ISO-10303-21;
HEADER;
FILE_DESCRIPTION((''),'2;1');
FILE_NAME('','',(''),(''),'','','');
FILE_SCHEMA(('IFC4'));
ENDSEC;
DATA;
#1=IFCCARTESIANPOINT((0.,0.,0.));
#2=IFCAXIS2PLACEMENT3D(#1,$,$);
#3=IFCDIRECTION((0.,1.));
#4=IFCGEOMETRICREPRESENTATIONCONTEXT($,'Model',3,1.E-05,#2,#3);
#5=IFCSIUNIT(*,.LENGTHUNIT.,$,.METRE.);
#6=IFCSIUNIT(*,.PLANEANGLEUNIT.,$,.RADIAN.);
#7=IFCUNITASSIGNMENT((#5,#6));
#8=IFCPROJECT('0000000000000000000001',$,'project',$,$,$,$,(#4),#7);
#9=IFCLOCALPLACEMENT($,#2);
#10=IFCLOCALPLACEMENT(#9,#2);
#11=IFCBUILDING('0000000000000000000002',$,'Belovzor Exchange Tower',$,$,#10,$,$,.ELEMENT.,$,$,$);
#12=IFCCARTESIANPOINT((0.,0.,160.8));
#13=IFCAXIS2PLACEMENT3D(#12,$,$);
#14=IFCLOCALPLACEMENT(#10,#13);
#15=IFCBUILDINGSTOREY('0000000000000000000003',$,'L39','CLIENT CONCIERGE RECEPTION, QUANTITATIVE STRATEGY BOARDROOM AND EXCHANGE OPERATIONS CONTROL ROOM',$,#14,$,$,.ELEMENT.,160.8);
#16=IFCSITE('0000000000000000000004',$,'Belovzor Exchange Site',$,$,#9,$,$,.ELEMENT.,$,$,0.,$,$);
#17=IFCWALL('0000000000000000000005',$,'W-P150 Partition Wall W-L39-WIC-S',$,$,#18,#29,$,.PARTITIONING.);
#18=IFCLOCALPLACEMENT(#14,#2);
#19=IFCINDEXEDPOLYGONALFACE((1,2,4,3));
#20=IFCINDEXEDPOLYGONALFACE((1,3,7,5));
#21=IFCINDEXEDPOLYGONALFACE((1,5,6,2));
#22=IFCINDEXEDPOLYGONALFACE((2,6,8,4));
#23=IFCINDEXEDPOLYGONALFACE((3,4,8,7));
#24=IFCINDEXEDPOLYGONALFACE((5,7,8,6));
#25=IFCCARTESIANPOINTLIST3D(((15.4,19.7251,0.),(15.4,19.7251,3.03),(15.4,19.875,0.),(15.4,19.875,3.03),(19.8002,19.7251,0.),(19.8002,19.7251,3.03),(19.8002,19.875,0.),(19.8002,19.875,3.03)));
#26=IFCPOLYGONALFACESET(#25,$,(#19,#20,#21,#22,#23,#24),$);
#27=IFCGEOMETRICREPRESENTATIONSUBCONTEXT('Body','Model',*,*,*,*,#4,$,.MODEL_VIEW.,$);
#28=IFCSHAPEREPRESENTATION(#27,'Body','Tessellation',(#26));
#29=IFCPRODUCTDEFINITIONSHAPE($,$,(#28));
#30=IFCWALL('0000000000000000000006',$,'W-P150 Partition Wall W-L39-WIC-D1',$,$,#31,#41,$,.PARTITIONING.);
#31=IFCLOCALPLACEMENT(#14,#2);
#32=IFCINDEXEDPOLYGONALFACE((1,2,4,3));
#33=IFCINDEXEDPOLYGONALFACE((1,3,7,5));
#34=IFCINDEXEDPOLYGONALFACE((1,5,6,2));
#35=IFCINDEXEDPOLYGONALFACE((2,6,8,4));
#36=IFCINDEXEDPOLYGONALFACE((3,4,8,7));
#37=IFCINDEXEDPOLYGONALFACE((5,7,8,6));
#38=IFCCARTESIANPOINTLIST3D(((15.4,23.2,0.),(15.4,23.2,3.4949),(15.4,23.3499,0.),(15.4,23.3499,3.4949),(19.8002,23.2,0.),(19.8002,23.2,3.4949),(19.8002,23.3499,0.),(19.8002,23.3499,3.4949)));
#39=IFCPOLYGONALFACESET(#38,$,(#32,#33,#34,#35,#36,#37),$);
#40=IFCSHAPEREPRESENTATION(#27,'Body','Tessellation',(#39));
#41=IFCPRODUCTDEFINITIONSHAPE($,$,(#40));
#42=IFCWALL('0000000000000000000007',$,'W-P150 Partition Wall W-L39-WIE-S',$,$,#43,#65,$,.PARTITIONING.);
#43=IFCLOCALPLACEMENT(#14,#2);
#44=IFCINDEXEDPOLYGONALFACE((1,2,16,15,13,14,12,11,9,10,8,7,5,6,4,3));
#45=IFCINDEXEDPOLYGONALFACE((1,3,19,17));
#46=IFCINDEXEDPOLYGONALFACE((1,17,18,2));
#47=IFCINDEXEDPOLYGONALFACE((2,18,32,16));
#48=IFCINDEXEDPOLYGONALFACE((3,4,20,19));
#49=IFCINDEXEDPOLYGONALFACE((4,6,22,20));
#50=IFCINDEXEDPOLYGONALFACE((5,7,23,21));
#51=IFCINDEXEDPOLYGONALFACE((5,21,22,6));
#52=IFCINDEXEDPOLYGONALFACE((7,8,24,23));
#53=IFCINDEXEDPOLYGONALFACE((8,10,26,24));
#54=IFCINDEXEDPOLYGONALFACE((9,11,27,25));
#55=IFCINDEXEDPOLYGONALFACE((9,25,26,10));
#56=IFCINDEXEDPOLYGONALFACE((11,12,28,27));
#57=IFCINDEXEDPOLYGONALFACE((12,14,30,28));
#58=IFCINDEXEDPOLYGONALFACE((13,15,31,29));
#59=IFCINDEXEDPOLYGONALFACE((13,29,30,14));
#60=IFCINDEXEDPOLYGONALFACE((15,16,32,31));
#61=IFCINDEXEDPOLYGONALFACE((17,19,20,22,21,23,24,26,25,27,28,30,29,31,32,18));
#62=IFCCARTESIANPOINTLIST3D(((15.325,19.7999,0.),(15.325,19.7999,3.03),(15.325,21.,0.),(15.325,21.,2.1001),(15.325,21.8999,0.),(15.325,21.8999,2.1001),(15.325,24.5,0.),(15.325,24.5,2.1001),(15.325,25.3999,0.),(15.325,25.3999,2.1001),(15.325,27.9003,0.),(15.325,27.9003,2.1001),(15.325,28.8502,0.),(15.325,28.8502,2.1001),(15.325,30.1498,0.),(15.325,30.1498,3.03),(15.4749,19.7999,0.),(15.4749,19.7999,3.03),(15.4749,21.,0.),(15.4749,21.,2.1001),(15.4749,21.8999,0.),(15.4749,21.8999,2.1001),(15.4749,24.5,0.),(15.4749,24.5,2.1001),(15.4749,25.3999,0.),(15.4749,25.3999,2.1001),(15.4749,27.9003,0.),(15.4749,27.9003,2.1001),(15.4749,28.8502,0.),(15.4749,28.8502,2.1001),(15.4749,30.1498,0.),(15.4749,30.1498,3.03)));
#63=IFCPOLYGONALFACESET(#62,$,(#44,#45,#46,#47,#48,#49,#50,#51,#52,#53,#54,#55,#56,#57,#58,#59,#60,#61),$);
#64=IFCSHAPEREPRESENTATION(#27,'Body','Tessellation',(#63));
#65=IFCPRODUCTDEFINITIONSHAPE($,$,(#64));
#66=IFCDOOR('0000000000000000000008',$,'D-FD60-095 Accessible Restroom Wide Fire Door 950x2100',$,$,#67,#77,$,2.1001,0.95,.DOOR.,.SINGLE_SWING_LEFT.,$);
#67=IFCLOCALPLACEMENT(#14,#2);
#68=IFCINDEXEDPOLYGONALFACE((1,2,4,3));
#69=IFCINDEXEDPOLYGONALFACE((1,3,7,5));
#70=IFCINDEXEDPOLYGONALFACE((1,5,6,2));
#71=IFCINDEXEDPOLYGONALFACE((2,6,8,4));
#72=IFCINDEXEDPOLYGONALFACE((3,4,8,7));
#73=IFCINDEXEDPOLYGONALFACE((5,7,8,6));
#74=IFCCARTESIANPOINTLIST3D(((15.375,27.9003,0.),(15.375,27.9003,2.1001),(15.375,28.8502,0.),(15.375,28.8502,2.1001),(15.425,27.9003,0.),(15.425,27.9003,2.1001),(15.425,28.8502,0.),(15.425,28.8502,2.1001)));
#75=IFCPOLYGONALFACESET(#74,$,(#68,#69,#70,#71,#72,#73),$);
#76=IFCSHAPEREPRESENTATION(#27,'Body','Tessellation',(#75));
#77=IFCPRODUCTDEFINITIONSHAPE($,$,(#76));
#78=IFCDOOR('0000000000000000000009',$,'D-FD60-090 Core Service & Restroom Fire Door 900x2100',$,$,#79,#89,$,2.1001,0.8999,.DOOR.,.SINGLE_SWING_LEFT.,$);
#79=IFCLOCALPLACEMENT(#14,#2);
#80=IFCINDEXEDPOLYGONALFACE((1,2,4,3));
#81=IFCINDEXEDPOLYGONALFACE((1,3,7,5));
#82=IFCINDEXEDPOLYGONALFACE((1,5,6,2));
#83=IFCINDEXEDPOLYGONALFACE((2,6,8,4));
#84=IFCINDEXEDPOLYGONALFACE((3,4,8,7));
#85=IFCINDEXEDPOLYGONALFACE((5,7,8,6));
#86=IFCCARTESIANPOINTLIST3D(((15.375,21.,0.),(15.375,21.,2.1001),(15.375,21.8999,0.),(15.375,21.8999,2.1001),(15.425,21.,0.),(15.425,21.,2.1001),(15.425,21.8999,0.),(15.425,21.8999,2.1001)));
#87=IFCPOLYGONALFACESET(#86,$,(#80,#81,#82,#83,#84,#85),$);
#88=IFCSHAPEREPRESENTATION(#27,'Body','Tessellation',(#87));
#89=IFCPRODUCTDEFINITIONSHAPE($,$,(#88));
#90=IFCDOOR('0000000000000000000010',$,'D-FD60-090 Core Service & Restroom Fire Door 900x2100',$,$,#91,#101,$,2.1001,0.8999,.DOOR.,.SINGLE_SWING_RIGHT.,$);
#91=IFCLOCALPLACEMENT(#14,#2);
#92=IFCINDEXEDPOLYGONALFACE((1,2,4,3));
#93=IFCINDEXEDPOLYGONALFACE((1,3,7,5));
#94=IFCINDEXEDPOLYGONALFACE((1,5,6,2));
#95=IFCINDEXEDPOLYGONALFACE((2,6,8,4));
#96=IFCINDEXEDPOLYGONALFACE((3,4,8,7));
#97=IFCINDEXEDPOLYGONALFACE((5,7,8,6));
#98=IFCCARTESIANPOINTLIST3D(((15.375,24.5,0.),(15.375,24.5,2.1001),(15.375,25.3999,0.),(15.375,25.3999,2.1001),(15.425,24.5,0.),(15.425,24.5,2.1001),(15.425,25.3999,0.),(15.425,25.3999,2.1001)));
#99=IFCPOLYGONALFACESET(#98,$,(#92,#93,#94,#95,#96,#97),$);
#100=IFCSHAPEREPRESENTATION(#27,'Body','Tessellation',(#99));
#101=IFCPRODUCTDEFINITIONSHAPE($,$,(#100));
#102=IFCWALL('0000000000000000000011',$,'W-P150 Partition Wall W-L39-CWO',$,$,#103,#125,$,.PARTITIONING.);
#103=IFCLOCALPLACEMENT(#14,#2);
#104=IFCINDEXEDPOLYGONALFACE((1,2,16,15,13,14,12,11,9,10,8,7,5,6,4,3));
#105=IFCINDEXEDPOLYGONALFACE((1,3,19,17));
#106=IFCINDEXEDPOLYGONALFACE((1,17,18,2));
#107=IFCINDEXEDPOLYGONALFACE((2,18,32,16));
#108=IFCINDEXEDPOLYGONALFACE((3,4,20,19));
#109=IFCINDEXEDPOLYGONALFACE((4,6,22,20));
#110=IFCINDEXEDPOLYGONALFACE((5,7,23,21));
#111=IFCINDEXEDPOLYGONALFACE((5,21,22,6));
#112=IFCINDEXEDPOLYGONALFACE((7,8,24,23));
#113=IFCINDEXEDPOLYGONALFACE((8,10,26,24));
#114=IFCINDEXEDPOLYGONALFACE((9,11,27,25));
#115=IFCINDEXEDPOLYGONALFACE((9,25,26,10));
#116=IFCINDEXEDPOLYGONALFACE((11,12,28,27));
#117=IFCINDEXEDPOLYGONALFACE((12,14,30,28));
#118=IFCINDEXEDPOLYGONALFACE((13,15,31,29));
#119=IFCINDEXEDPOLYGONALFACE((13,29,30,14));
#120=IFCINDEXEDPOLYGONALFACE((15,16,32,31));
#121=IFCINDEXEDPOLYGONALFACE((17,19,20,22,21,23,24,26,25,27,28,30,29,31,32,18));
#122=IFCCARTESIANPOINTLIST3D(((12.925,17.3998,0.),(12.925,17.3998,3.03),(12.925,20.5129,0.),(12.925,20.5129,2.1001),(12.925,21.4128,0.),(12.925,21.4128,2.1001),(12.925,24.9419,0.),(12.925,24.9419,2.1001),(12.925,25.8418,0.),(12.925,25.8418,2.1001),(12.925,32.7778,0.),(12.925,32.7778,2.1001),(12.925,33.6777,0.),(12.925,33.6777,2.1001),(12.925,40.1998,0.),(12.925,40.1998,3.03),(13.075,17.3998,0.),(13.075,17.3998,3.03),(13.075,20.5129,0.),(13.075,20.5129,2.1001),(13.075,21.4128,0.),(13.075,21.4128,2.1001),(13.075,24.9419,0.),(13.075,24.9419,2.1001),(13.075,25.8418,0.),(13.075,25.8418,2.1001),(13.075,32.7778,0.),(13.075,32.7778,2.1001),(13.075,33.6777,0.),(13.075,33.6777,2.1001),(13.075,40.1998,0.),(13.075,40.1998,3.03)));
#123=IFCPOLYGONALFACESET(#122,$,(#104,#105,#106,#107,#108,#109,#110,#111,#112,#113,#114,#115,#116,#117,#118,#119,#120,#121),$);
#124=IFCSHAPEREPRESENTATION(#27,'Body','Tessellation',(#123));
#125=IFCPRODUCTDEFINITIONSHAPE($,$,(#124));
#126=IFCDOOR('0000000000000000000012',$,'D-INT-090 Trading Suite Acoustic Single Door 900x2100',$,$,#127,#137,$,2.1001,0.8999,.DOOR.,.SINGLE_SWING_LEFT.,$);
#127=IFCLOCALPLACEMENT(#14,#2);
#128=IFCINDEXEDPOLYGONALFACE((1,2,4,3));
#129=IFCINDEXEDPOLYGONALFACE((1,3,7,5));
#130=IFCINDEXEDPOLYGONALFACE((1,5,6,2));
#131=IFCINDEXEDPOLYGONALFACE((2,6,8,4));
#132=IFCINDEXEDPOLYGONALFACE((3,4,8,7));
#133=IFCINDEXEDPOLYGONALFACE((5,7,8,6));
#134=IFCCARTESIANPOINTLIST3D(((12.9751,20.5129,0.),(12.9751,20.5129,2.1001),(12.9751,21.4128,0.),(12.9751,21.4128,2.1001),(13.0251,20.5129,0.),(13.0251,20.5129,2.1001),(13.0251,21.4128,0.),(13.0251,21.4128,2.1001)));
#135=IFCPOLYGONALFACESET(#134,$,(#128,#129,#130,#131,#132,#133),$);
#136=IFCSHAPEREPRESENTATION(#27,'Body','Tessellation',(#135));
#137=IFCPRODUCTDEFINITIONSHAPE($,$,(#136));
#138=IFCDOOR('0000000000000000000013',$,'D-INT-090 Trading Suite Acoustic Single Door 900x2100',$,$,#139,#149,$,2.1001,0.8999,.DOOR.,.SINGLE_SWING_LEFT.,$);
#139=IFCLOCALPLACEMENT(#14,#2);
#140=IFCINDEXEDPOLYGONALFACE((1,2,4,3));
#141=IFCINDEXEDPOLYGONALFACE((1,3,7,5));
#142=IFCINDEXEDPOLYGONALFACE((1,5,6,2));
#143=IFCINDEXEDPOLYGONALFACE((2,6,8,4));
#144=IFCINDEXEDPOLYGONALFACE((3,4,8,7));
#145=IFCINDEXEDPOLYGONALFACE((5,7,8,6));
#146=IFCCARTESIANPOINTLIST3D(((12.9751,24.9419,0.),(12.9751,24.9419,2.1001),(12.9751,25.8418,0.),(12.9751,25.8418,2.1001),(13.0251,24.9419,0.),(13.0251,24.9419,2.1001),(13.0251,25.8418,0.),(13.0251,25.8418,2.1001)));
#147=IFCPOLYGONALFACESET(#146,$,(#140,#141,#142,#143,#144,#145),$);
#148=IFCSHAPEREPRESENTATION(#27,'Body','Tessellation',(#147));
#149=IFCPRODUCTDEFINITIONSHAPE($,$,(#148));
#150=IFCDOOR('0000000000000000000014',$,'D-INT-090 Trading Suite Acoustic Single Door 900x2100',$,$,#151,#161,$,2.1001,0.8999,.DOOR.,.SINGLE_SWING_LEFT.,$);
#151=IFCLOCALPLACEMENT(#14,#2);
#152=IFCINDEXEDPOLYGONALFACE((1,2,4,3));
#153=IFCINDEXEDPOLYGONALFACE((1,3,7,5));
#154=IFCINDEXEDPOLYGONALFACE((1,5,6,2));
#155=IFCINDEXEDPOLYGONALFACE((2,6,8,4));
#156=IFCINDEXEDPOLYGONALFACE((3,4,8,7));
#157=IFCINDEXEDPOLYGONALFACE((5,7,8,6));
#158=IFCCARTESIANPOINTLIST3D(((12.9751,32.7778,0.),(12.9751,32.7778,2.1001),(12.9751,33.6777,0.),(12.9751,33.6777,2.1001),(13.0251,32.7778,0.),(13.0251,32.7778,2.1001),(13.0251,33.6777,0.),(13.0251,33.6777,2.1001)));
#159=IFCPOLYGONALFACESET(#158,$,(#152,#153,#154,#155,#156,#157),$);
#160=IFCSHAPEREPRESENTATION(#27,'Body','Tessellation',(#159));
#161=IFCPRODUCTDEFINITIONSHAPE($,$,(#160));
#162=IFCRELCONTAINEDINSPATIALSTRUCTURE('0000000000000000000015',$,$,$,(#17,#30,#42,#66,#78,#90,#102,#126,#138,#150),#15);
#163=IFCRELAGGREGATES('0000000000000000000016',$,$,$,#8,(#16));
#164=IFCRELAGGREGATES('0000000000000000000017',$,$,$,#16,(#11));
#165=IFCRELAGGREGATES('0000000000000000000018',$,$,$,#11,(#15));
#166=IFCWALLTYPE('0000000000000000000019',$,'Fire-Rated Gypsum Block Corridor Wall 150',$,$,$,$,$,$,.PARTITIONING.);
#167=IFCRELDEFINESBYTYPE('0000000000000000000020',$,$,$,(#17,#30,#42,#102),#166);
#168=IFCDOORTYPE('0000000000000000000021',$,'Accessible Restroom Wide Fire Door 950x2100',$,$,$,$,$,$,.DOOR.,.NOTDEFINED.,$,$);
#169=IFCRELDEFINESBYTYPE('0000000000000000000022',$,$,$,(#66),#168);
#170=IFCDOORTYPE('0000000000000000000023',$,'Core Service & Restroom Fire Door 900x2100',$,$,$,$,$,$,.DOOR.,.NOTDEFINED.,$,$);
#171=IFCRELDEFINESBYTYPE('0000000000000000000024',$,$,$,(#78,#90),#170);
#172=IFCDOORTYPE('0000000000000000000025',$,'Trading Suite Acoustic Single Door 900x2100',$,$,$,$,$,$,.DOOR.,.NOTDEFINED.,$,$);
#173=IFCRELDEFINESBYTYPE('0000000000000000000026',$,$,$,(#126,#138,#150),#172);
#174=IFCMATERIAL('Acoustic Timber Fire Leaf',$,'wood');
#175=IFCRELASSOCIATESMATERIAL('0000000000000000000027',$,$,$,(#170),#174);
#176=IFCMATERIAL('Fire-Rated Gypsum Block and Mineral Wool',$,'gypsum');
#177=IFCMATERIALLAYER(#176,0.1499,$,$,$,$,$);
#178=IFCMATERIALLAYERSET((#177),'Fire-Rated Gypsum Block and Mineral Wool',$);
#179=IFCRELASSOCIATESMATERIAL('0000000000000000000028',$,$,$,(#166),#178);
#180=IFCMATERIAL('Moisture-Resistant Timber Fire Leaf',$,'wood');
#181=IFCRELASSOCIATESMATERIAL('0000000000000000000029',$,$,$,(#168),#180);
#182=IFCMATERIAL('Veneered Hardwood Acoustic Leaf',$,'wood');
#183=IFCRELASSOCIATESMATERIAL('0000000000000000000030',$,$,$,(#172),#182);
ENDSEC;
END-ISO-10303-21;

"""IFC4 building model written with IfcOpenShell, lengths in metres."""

from ifc_helpers import new_model, si_unit, direction, frame, frame_2d, origin, place, context, subcontext, project, spatial, rectangle, extrude, material, layer, layer_set, type_object, element, fill, save


model = new_model("IFC4")

# Units and contexts
model_context = context("Model", 3, precision=1e-05, world=origin(), true_north=direction((0.0, 1.0)))
body_context = subcontext(model_context, "Body", "Model", "MODEL_VIEW")
ifc_project = project(units=[si_unit("LENGTHUNIT", "METRE"), si_unit("PLANEANGLEUNIT", "RADIAN")], contexts=[model_context])

# Site, building, storey
site_placement = place(None, origin())
site = spatial("IfcSite", under=ifc_project, at=site_placement, Name="Belovzor Exchange Site", CompositionType="ELEMENT", RefElevation=0.0)
building_placement = place(site_placement, origin())
building = spatial("IfcBuilding", under=site, at=building_placement, Name="Belovzor Exchange Tower", CompositionType="ELEMENT")
storey_placement = place(building_placement, frame((0.0, 0.0, 160.8)))
storey = spatial("IfcBuildingStorey", under=building, at=storey_placement, Name="L39", Description="CLIENT CONCIERGE RECEPTION, QUANTITATIVE STRATEGY BOARDROOM AND EXCHANGE OPERATIONS CONTROL ROOM", CompositionType="ELEMENT", Elevation=160.8)

# Shared definitions
ifc_material_1 = material(Name="Acoustic Timber Fire Leaf", Category="wood")
door_type_1 = type_object("IfcDoorType", Name="Core Service & Restroom Fire Door 900x2100", OperationType="NOTDEFINED", PredefinedType="DOOR", material=ifc_material_1)

# Walls
ifc_material_2 = material(Name="Fire-Rated Gypsum Block and Mineral Wool", Category="gypsum")
ifc_layer_1 = layer(ifc_material_2, 0.1499)
ifc_layer_set_1 = layer_set([ifc_layer_1], Name="Fire-Rated Gypsum Block and Mineral Wool")
wall_type_1 = type_object("IfcWallType", Name="Fire-Rated Gypsum Block Corridor Wall 150", PredefinedType="PARTITIONING", material=ifc_layer_set_1)
wall_1_placement = place(storey_placement, frame((15.3999, 19.8, 0.0), z_axis=(0.0, 0.0, 1.0), x_axis=(1.0, 0.0, 0.0)))
element("IfcWall", 1, at=wall_1_placement, inside=storey, type_object=wall_type_1, Name="W-P150 Partition Wall W-L39-WIC-S", PredefinedType="PARTITIONING", context=body_context, shape_type="SweptSolid", body=[
    extrude(rectangle(XDim=4.4001, YDim=0.1499, at=frame_2d((2.2002, 0.0))), origin(), (0.0, 0.0, 1.0), 3.03),
])
wall_2_placement = place(storey_placement, frame((15.3999, 23.2749, 0.0), z_axis=(0.0, 0.0, 1.0), x_axis=(1.0, 0.0, 0.0)))
element("IfcWall", 2, at=wall_2_placement, inside=storey, type_object=wall_type_1, Name="W-P150 Partition Wall W-L39-WIC-D1", PredefinedType="PARTITIONING", context=body_context, shape_type="SweptSolid", body=[
    extrude(rectangle(XDim=4.4001, YDim=0.1499, at=frame_2d((2.2002, 0.0))), origin(), (0.0, 0.0, 1.0), 3.4949),
])

# Walls, openings, doors
wall_3_placement = place(storey_placement, frame((15.3999, 19.8, 0.0), z_axis=(0.0, 0.0, 1.0), x_axis=(0.0, 1.0, 0.0)))
wall_3 = element("IfcWall", 3, at=wall_3_placement, inside=storey, type_object=wall_type_1, Name="W-P150 Partition Wall W-L39-WIE-S", PredefinedType="PARTITIONING", context=body_context, shape_type="SweptSolid", body=[
    extrude(rectangle(XDim=10.3499, YDim=0.1499, at=frame_2d((5.1748, 0.0))), origin(), (0.0, 0.0, 1.0), 3.03),
])
opening_1_placement = place(wall_3_placement, frame((1.2, 0.0, 0.0)))
opening_1 = element("IfcOpeningElement", 4, at=opening_1_placement, cuts=wall_3, PredefinedType="OPENING", context=body_context, shape_type="SweptSolid", body=[
    extrude(rectangle(XDim=0.8999, YDim=2.1001, at=frame_2d((0.45, 1.05))), frame((0.0, 0.085, 0.0), z_axis=(0.0, -1.0, 0.0), x_axis=(1.0, 0.0, 0.0)), (0.0, 0.0, 1.0), 0.1699),
])
opening_2_placement = place(wall_3_placement, frame((4.7, 0.0, 0.0)))
opening_2 = element("IfcOpeningElement", 5, at=opening_2_placement, cuts=wall_3, PredefinedType="OPENING", context=body_context, shape_type="SweptSolid", body=[
    extrude(rectangle(XDim=0.8999, YDim=2.1001, at=frame_2d((0.45, 1.05))), frame((0.0, 0.085, 0.0), z_axis=(0.0, -1.0, 0.0), x_axis=(1.0, 0.0, 0.0)), (0.0, 0.0, 1.0), 0.1699),
])
opening_3_placement = place(wall_3_placement, frame((8.1001, 0.0, 0.0)))
opening_3 = element("IfcOpeningElement", 6, at=opening_3_placement, cuts=wall_3, PredefinedType="OPENING", context=body_context, shape_type="SweptSolid", body=[
    extrude(rectangle(XDim=0.95, YDim=2.1001, at=frame_2d((0.4751, 1.05))), frame((0.0, 0.085, 0.0), z_axis=(0.0, -1.0, 0.0), x_axis=(1.0, 0.0, 0.0)), (0.0, 0.0, 1.0), 0.1699),
])
ifc_material_3 = material(Name="Moisture-Resistant Timber Fire Leaf", Category="wood")
door_type_2 = type_object("IfcDoorType", Name="Accessible Restroom Wide Fire Door 950x2100", OperationType="NOTDEFINED", PredefinedType="DOOR", material=ifc_material_3)
door_1_placement = place(opening_3_placement, origin())
door_1 = element("IfcDoor", 7, at=door_1_placement, inside=storey, type_object=door_type_2, Name="D-FD60-095 Accessible Restroom Wide Fire Door 950x2100", OperationType="SINGLE_SWING_LEFT", OverallHeight=2.1001, OverallWidth=0.95, PredefinedType="DOOR", context=body_context, shape_type="SweptSolid", body=[
    extrude(rectangle(XDim=0.95, YDim=2.1001, at=frame_2d((0.4751, 1.05))), frame((0.0, 0.0249, 0.0), z_axis=(0.0, -1.0, 0.0), x_axis=(1.0, 0.0, 0.0)), (0.0, 0.0, 1.0), 0.05),
])
fill(opening_3, door_1)
door_2_placement = place(opening_1_placement, origin())
door_2 = element("IfcDoor", 8, at=door_2_placement, inside=storey, type_object=door_type_1, Name="D-FD60-090 Core Service & Restroom Fire Door 900x2100", OperationType="SINGLE_SWING_LEFT", OverallHeight=2.1001, OverallWidth=0.8999, PredefinedType="DOOR", context=body_context, shape_type="SweptSolid", body=[
    extrude(rectangle(XDim=0.8999, YDim=2.1001, at=frame_2d((0.45, 1.05))), frame((0.0, 0.0249, 0.0), z_axis=(0.0, -1.0, 0.0), x_axis=(1.0, 0.0, 0.0)), (0.0, 0.0, 1.0), 0.05),
])
fill(opening_1, door_2)
door_3_placement = place(opening_2_placement, origin())
door_3 = element("IfcDoor", 9, at=door_3_placement, inside=storey, type_object=door_type_1, Name="D-FD60-090 Core Service & Restroom Fire Door 900x2100", OperationType="SINGLE_SWING_RIGHT", OverallHeight=2.1001, OverallWidth=0.8999, PredefinedType="DOOR", context=body_context, shape_type="SweptSolid", body=[
    extrude(rectangle(XDim=0.8999, YDim=2.1001, at=frame_2d((0.45, 1.05))), frame((0.0, 0.0249, 0.0), z_axis=(0.0, -1.0, 0.0), x_axis=(1.0, 0.0, 0.0)), (0.0, 0.0, 1.0), 0.05),
])
fill(opening_2, door_3)
wall_4_placement = place(storey_placement, frame((13.0, 17.3999, 0.0), z_axis=(0.0, 0.0, 1.0), x_axis=(0.0, 1.0, 0.0)))
wall_4 = element("IfcWall", 10, at=wall_4_placement, inside=storey, type_object=wall_type_1, Name="W-P150 Partition Wall W-L39-CWO", PredefinedType="PARTITIONING", context=body_context, shape_type="SweptSolid", body=[
    extrude(rectangle(XDim=22.8, YDim=0.1499, at=frame_2d((11.3999, 0.0))), origin(), (0.0, 0.0, 1.0), 3.03),
])
opening_4_placement = place(wall_4_placement, frame((3.113, 0.0, 0.0)))
opening_4 = element("IfcOpeningElement", 11, at=opening_4_placement, cuts=wall_4, PredefinedType="OPENING", context=body_context, shape_type="SweptSolid", body=[
    extrude(rectangle(XDim=0.8999, YDim=2.1001, at=frame_2d((0.45, 1.05))), frame((0.0, 0.085, 0.0), z_axis=(0.0, -1.0, 0.0), x_axis=(1.0, 0.0, 0.0)), (0.0, 0.0, 1.0), 0.1699),
])
opening_5_placement = place(wall_4_placement, frame((7.542, 0.0, 0.0)))
opening_5 = element("IfcOpeningElement", 12, at=opening_5_placement, cuts=wall_4, PredefinedType="OPENING", context=body_context, shape_type="SweptSolid", body=[
    extrude(rectangle(XDim=0.8999, YDim=2.1001, at=frame_2d((0.45, 1.05))), frame((0.0, 0.085, 0.0), z_axis=(0.0, -1.0, 0.0), x_axis=(1.0, 0.0, 0.0)), (0.0, 0.0, 1.0), 0.1699),
])
opening_6_placement = place(wall_4_placement, frame((15.3779, 0.0, 0.0)))
opening_6 = element("IfcOpeningElement", 13, at=opening_6_placement, cuts=wall_4, PredefinedType="OPENING", context=body_context, shape_type="SweptSolid", body=[
    extrude(rectangle(XDim=0.8999, YDim=2.1001, at=frame_2d((0.45, 1.05))), frame((0.0, 0.085, 0.0), z_axis=(0.0, -1.0, 0.0), x_axis=(1.0, 0.0, 0.0)), (0.0, 0.0, 1.0), 0.1699),
])
ifc_material_4 = material(Name="Veneered Hardwood Acoustic Leaf", Category="wood")
door_type_3 = type_object("IfcDoorType", Name="Trading Suite Acoustic Single Door 900x2100", OperationType="NOTDEFINED", PredefinedType="DOOR", material=ifc_material_4)
door_4_placement = place(opening_4_placement, origin())
door_4 = element("IfcDoor", 14, at=door_4_placement, inside=storey, type_object=door_type_3, Name="D-INT-090 Trading Suite Acoustic Single Door 900x2100", OperationType="SINGLE_SWING_LEFT", OverallHeight=2.1001, OverallWidth=0.8999, PredefinedType="DOOR", context=body_context, shape_type="SweptSolid", body=[
    extrude(rectangle(XDim=0.8999, YDim=2.1001, at=frame_2d((0.45, 1.05))), frame((0.0, 0.0249, 0.0), z_axis=(0.0, -1.0, 0.0), x_axis=(1.0, 0.0, 0.0)), (0.0, 0.0, 1.0), 0.05),
])
fill(opening_4, door_4)
door_5_placement = place(opening_5_placement, origin())
door_5 = element("IfcDoor", 15, at=door_5_placement, inside=storey, type_object=door_type_3, Name="D-INT-090 Trading Suite Acoustic Single Door 900x2100", OperationType="SINGLE_SWING_LEFT", OverallHeight=2.1001, OverallWidth=0.8999, PredefinedType="DOOR", context=body_context, shape_type="SweptSolid", body=[
    extrude(rectangle(XDim=0.8999, YDim=2.1001, at=frame_2d((0.45, 1.05))), frame((0.0, 0.0249, 0.0), z_axis=(0.0, -1.0, 0.0), x_axis=(1.0, 0.0, 0.0)), (0.0, 0.0, 1.0), 0.05),
])
fill(opening_5, door_5)
door_6_placement = place(opening_6_placement, origin())
door_6 = element("IfcDoor", 16, at=door_6_placement, inside=storey, type_object=door_type_3, Name="D-INT-090 Trading Suite Acoustic Single Door 900x2100", OperationType="SINGLE_SWING_LEFT", OverallHeight=2.1001, OverallWidth=0.8999, PredefinedType="DOOR", context=body_context, shape_type="SweptSolid", body=[
    extrude(rectangle(XDim=0.8999, YDim=2.1001, at=frame_2d((0.45, 1.05))), frame((0.0, 0.0249, 0.0), z_axis=(0.0, -1.0, 0.0), x_axis=(1.0, 0.0, 0.0)), (0.0, 0.0, 1.0), 0.05),
])
fill(opening_6, door_6)

save(model, "model.ifc")
